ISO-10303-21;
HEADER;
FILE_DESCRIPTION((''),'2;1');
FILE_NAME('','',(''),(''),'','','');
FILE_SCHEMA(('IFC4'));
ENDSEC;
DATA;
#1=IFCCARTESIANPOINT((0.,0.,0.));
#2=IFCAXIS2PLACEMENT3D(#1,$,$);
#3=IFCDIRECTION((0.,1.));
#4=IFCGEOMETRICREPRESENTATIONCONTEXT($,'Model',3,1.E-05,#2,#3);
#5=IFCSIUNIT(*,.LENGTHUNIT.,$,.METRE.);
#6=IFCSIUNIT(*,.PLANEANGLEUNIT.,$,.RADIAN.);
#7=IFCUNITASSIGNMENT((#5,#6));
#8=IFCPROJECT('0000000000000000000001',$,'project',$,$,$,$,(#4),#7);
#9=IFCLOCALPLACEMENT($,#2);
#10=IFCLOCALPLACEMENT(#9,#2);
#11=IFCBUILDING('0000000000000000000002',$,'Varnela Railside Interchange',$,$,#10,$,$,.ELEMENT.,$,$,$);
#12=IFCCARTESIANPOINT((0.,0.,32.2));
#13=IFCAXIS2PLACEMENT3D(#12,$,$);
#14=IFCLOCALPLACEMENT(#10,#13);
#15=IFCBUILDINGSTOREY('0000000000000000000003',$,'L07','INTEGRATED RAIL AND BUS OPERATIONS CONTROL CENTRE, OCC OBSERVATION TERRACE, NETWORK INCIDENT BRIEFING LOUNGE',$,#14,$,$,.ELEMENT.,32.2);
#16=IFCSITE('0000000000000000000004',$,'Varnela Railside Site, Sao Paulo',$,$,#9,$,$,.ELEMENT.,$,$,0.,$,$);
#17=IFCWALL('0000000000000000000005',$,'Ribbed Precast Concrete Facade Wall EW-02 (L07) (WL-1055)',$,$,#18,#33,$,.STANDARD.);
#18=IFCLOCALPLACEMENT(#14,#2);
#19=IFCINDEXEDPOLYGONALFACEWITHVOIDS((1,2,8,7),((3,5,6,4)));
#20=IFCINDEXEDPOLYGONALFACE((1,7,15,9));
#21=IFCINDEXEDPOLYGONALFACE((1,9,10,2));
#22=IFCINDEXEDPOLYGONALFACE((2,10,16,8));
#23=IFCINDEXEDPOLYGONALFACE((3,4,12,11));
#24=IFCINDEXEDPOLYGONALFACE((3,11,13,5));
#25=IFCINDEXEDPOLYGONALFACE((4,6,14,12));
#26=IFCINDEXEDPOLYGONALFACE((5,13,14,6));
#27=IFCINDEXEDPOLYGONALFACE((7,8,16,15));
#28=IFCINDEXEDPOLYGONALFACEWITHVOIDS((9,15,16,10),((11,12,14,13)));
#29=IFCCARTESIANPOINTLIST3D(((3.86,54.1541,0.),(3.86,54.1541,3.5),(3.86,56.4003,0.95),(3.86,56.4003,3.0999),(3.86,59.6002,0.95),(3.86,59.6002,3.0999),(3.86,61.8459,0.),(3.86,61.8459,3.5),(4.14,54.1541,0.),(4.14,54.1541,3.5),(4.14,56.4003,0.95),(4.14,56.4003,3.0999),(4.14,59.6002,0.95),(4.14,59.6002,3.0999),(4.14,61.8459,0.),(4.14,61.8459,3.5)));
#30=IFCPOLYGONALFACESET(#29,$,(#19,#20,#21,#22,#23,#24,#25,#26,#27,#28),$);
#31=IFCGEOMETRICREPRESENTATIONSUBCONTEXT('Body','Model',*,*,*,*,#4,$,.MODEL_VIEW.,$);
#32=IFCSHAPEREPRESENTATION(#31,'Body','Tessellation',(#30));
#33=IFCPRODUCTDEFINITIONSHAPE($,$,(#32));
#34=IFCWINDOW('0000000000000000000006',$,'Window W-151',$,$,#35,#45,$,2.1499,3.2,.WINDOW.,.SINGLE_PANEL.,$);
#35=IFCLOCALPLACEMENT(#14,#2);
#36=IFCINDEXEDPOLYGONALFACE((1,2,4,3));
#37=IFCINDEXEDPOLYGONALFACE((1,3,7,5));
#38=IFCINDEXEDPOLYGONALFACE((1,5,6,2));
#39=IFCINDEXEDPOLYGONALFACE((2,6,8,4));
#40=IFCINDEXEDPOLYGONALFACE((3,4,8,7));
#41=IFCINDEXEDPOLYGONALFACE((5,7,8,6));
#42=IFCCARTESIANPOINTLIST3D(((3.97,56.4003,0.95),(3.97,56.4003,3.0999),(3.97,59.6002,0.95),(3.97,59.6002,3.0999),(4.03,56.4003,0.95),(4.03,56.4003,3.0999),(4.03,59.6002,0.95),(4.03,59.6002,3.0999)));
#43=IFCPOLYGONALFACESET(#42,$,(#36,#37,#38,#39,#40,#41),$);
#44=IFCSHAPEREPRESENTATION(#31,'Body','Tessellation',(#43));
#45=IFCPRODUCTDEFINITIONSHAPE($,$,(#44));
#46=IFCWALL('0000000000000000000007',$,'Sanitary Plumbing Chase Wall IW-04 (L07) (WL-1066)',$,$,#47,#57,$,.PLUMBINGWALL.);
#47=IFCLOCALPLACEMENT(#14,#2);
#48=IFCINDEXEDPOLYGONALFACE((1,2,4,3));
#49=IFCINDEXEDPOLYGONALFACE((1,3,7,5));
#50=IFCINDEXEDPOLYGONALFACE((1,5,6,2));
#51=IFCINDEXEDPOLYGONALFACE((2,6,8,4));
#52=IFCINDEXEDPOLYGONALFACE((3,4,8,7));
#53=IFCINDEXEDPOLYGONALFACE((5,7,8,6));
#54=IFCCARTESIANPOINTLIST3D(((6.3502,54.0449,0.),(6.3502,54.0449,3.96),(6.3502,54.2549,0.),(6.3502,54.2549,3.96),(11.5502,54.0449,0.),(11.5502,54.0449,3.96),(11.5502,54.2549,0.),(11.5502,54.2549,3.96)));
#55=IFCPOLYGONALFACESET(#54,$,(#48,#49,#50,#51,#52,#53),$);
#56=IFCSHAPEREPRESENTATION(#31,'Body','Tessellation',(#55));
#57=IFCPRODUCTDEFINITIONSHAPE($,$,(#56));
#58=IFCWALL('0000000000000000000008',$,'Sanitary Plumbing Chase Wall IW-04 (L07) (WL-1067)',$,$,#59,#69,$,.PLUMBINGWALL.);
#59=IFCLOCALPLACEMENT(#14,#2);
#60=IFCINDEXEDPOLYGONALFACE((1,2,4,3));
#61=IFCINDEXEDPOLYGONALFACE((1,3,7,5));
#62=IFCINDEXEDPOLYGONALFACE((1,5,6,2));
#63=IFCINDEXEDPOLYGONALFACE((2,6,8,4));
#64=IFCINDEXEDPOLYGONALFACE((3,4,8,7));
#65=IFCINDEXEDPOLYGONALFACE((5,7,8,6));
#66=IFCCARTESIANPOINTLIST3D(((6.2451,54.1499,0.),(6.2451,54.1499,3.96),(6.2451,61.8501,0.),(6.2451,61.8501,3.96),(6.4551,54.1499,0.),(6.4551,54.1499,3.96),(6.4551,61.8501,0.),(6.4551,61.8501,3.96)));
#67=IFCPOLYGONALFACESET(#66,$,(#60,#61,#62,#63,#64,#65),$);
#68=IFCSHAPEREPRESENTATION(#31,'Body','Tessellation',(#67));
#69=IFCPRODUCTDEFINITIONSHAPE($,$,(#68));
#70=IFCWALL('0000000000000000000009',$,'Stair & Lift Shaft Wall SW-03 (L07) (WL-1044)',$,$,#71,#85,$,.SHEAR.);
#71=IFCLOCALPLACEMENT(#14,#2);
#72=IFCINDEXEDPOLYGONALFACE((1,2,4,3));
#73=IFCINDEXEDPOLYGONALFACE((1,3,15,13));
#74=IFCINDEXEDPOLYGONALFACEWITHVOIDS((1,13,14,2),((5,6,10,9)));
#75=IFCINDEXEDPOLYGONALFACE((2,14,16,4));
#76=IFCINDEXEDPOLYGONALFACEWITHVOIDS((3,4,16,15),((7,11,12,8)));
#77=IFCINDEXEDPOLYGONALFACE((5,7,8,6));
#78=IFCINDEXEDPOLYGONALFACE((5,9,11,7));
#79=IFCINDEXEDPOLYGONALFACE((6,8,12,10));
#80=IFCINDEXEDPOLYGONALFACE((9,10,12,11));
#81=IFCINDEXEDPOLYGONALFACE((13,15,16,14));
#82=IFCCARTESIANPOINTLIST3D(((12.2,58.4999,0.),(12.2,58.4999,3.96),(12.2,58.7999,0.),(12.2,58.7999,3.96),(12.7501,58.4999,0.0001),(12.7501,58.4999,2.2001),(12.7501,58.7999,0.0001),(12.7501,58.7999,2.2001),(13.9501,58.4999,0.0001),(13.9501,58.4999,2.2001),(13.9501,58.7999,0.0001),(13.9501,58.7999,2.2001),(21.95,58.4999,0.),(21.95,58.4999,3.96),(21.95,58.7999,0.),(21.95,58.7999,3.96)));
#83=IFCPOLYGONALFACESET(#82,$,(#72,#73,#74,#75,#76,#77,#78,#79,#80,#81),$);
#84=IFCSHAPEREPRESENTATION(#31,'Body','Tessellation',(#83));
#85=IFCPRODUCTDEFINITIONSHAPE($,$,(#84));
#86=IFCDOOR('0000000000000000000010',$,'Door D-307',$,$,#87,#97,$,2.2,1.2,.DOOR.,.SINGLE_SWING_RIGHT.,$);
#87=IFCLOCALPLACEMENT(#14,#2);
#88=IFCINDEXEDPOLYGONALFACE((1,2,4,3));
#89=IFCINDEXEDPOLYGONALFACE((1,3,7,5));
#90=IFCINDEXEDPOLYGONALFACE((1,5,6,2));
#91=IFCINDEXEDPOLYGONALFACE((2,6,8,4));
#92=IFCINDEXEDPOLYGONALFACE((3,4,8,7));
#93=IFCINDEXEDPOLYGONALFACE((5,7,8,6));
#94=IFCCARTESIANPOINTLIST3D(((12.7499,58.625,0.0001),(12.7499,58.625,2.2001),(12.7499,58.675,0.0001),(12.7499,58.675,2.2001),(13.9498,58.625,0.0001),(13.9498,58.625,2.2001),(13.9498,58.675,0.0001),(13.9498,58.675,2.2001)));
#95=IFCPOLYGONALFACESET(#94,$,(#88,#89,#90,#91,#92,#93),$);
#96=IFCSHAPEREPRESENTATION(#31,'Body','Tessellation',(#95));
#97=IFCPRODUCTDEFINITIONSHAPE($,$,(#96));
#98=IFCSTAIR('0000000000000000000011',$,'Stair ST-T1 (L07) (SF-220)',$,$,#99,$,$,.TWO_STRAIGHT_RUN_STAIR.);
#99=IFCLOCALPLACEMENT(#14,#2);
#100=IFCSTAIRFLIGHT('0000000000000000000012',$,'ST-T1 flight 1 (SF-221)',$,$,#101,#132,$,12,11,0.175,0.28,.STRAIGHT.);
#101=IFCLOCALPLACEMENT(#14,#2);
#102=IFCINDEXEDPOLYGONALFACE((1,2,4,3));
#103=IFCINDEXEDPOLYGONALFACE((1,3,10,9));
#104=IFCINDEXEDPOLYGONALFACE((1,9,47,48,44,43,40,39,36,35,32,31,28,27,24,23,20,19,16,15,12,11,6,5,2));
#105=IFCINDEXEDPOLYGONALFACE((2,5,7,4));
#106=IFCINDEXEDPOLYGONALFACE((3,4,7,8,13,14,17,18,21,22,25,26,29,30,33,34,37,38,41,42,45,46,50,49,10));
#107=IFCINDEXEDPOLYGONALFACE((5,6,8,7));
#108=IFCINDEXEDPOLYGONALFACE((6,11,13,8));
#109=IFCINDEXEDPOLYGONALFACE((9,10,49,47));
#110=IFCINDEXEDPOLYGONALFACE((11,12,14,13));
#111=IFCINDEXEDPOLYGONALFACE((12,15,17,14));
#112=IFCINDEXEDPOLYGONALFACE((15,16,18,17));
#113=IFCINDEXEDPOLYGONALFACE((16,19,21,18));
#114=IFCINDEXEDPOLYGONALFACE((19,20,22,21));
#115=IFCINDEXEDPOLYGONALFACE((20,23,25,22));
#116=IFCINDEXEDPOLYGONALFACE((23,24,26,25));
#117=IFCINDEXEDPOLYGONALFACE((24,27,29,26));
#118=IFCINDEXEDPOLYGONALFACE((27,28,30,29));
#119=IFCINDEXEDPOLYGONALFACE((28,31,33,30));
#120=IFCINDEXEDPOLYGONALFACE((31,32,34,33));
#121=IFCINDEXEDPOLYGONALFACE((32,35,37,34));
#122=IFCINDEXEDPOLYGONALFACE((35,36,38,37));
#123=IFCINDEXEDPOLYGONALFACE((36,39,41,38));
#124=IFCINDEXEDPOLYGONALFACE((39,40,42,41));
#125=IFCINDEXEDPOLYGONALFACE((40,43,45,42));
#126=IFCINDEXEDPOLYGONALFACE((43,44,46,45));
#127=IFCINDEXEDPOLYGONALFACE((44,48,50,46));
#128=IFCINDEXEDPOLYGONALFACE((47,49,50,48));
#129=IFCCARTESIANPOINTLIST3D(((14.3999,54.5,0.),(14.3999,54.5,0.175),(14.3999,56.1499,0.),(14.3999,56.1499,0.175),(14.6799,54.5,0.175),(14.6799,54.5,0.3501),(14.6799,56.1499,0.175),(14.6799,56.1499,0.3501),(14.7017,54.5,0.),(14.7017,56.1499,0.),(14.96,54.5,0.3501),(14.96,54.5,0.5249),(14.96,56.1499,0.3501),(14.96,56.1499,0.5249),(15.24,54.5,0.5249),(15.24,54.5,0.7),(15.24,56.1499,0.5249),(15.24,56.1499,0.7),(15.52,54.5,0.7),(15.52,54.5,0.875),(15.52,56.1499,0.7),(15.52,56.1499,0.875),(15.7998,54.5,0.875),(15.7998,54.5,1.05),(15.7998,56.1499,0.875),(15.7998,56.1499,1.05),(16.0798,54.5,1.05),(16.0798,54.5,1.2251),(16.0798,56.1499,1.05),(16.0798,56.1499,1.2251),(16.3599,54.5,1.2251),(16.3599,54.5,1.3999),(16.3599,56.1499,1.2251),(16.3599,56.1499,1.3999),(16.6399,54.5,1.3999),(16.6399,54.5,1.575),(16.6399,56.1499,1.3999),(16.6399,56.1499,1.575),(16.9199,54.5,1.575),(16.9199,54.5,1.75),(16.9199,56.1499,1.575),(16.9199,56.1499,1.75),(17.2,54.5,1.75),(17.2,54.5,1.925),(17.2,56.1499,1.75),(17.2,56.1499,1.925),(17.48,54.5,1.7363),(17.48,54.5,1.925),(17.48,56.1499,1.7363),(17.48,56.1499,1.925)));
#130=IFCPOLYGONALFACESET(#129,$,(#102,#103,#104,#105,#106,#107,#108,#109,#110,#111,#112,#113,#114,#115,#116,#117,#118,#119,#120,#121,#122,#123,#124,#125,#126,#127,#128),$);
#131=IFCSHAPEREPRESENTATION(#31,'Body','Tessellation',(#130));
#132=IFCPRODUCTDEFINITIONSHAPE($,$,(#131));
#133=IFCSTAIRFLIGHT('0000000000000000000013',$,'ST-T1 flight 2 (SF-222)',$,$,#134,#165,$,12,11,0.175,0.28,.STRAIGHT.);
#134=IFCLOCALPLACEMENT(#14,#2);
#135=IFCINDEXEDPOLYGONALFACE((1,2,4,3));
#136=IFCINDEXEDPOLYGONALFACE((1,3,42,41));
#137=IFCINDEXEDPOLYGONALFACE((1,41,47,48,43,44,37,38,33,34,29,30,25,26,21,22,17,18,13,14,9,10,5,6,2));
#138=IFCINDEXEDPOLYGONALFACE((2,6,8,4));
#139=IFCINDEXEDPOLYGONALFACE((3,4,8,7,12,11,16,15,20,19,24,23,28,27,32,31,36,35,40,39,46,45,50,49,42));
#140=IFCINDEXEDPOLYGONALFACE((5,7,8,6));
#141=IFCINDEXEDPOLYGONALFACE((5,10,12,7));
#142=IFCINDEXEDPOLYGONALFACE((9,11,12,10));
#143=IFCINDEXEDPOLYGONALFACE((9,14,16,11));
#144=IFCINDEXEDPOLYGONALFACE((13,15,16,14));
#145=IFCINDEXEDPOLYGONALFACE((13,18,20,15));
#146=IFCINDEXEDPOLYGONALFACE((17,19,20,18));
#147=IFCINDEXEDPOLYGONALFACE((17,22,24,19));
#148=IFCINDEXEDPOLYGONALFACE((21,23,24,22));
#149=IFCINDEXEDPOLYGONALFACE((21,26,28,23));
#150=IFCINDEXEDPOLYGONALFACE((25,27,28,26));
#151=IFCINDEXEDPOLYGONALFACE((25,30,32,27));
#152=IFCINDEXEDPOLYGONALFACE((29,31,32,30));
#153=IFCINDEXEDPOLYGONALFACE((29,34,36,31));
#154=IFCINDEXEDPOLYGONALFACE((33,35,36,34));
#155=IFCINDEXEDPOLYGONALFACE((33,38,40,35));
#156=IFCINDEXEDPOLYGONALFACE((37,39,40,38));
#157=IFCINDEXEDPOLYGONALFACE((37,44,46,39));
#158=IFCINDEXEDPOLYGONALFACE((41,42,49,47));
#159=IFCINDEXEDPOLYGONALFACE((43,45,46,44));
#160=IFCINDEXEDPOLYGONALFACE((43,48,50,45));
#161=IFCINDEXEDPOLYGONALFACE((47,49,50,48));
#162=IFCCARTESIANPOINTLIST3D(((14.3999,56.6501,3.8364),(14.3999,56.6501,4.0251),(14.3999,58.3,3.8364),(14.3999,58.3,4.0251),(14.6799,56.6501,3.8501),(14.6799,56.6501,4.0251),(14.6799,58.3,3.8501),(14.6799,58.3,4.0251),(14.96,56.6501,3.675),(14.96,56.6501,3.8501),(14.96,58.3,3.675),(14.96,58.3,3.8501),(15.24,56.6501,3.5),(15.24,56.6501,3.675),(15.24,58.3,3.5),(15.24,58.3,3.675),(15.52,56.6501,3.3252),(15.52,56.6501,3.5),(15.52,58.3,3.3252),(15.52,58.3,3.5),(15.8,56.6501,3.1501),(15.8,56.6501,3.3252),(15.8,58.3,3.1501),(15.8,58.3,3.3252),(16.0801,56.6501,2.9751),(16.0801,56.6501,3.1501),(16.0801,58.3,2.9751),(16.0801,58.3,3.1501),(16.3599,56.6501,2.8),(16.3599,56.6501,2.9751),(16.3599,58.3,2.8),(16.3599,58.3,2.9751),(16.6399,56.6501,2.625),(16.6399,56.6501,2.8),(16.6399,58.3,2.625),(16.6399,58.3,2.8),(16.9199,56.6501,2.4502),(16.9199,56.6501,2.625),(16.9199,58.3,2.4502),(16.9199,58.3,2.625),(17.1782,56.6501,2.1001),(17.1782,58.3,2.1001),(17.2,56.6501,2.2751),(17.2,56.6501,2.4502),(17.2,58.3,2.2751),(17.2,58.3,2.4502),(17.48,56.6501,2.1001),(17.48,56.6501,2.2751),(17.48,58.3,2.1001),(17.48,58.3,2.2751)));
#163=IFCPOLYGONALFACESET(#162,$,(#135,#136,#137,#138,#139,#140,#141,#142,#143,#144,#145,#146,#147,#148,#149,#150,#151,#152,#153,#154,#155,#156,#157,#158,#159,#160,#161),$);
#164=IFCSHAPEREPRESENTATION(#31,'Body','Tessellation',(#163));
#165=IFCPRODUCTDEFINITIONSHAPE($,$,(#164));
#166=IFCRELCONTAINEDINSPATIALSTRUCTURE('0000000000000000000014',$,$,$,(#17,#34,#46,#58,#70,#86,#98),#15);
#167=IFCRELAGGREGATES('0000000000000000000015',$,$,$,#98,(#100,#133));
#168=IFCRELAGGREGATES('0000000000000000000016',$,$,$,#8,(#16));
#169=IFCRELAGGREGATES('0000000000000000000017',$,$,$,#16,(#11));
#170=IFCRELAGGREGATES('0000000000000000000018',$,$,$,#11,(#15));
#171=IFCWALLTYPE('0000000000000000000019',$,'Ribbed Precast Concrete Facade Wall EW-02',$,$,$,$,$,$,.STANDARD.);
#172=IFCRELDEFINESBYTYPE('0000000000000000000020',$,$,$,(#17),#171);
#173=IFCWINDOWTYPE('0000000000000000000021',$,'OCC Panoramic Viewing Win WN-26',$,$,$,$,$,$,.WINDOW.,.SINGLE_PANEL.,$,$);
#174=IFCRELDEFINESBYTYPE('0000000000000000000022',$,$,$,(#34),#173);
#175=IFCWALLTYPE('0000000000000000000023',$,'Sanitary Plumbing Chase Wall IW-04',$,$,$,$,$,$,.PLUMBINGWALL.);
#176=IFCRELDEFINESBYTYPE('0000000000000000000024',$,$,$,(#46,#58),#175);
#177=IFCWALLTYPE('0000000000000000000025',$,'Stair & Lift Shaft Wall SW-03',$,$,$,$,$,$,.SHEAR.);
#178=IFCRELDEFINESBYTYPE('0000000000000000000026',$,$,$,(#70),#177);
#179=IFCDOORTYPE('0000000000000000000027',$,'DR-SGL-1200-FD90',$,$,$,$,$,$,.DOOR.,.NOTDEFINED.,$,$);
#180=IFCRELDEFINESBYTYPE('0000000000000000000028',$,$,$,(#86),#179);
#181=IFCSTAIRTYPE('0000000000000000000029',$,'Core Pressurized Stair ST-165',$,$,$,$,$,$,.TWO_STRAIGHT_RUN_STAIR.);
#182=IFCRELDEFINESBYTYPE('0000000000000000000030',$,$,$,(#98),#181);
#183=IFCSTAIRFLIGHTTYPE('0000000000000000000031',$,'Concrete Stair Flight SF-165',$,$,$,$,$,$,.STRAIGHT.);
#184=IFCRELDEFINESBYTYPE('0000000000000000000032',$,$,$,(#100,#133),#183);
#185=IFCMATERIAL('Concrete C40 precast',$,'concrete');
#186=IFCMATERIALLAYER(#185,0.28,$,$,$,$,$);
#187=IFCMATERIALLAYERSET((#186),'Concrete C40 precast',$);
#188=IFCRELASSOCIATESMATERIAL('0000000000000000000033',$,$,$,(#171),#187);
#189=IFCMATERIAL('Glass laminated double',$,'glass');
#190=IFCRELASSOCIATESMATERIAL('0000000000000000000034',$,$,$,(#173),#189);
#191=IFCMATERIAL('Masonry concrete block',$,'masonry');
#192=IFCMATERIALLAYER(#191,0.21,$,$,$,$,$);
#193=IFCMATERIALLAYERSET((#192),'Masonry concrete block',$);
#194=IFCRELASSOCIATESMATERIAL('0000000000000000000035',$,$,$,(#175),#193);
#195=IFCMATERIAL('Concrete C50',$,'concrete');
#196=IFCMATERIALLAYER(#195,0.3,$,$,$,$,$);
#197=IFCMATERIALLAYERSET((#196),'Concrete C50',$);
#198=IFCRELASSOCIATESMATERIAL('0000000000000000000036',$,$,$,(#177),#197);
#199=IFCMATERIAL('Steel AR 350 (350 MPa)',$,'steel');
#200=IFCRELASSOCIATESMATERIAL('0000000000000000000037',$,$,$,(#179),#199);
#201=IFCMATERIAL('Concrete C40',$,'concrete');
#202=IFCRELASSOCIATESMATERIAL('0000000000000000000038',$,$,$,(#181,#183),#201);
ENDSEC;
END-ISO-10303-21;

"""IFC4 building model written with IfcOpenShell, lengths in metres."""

from ifc_helpers import new_model, si_unit, direction, frame, frame_2d, origin, place, context, subcontext, project, spatial, polyline, rectangle, outline, extrude, material, layer, layer_set, type_object, element, fill, aggregate, save


model = new_model("IFC4")

# Units and contexts
model_context = context("Model", 3, precision=1e-05, world=origin(), true_north=direction((0.0, 1.0)))
body_context = subcontext(model_context, "Body", "Model", "MODEL_VIEW")
ifc_project = project(units=[si_unit("LENGTHUNIT", "METRE"), si_unit("PLANEANGLEUNIT", "RADIAN")], contexts=[model_context])

# Site, building, storey
site_placement = place(None, origin())
site = spatial("IfcSite", under=ifc_project, at=site_placement, Name="Varnela Railside Site, Sao Paulo", CompositionType="ELEMENT", RefElevation=0.0)
building_placement = place(site_placement, origin())
building = spatial("IfcBuilding", under=site, at=building_placement, Name="Varnela Railside Interchange", CompositionType="ELEMENT")
storey_placement = place(building_placement, frame((0.0, 0.0, 32.2)))
storey = spatial("IfcBuildingStorey", under=building, at=storey_placement, Name="L07", Description="INTEGRATED RAIL AND BUS OPERATIONS CONTROL CENTRE, OCC OBSERVATION TERRACE, NETWORK INCIDENT BRIEFING LOUNGE", CompositionType="ELEMENT", Elevation=32.2)

# Shared definitions
ifc_material_1 = material(Name="Steel AR 350 (350 MPa)", Category="steel")

# Shared definitions
ifc_material_2 = material(Name="Concrete C40", Category="concrete")

# Shared definitions
ifc_material_3 = material(Name="Glass laminated double", Category="glass")

# Shared definitions
ifc_material_4 = material(Name="Concrete C50", Category="concrete")

# Wall, opening, window
ifc_material_5 = material(Name="Concrete C40 precast", Category="concrete")
ifc_layer_1 = layer(ifc_material_5, 0.28)
ifc_layer_set_1 = layer_set([ifc_layer_1], Name="Concrete C40 precast")
wall_type_1 = type_object("IfcWallType", Name="Ribbed Precast Concrete Facade Wall EW-02", PredefinedType="STANDARD", material=ifc_layer_set_1)
wall_1_placement = place(storey_placement, frame((4.0, 54.1541, 0.0), z_axis=(0.0, 0.0, 1.0), x_axis=(0.0, 1.0, 0.0)))
wall_1 = element("IfcWall", 1, at=wall_1_placement, inside=storey, type_object=wall_type_1, Name="Ribbed Precast Concrete Facade Wall EW-02 (L07) (WL-1055)", PredefinedType="STANDARD", context=body_context, shape_type="SweptSolid", body=[
    extrude(rectangle(XDim=7.6919, YDim=0.28, at=frame_2d((3.8459, 0.0))), origin(), (0.0, 0.0, 1.0), 3.5),
])
opening_1_placement = place(wall_1_placement, frame((2.2461, 0.0, 0.95)))
opening_1 = element("IfcOpeningElement", 2, at=opening_1_placement, cuts=wall_1, PredefinedType="OPENING", context=body_context, shape_type="SweptSolid", body=[
    extrude(rectangle(XDim=3.2, YDim=2.1499, at=frame_2d((1.6001, 1.075))), frame((0.0, 0.1499, 0.0), z_axis=(0.0, -1.0, 0.0), x_axis=(1.0, 0.0, 0.0)), (0.0, 0.0, 1.0), 0.3),
])
window_type = type_object("IfcWindowType", Name="OCC Panoramic Viewing Win WN-26", PartitioningType="SINGLE_PANEL", PredefinedType="WINDOW", material=ifc_material_3)
window_placement = place(opening_1_placement, origin())
window = element("IfcWindow", 3, at=window_placement, inside=storey, type_object=window_type, Name="Window W-151", OverallHeight=2.1499, OverallWidth=3.2, PartitioningType="SINGLE_PANEL", PredefinedType="WINDOW", context=body_context, shape_type="SweptSolid", body=[
    extrude(rectangle(XDim=3.2, YDim=2.1499, at=frame_2d((1.6001, 1.075))), frame((0.0, 0.03, 0.0), z_axis=(0.0, -1.0, 0.0), x_axis=(1.0, 0.0, 0.0)), (0.0, 0.0, 1.0), 0.0601),
])
fill(opening_1, window)

# Walls
ifc_material_6 = material(Name="Masonry concrete block", Category="masonry")
ifc_layer_2 = layer(ifc_material_6, 0.21)
ifc_layer_set_2 = layer_set([ifc_layer_2], Name="Masonry concrete block")
wall_type_2 = type_object("IfcWallType", Name="Sanitary Plumbing Chase Wall IW-04", PredefinedType="PLUMBINGWALL", material=ifc_layer_set_2)
wall_2_placement = place(storey_placement, frame((6.3501, 54.1499, 0.0), z_axis=(0.0, 0.0, 1.0), x_axis=(1.0, 0.0, 0.0)))
element("IfcWall", 4, at=wall_2_placement, inside=storey, type_object=wall_type_2, Name="Sanitary Plumbing Chase Wall IW-04 (L07) (WL-1066)", PredefinedType="PLUMBINGWALL", context=body_context, shape_type="SweptSolid", body=[
    extrude(rectangle(XDim=5.2, YDim=0.21, at=frame_2d((2.6001, 0.0))), origin(), (0.0, 0.0, 1.0), 3.96),
])
wall_3_placement = place(storey_placement, frame((6.3501, 54.1499, 0.0), z_axis=(0.0, 0.0, 1.0), x_axis=(0.0, 1.0, 0.0)))
element("IfcWall", 5, at=wall_3_placement, inside=storey, type_object=wall_type_2, Name="Sanitary Plumbing Chase Wall IW-04 (L07) (WL-1067)", PredefinedType="PLUMBINGWALL", context=body_context, shape_type="SweptSolid", body=[
    extrude(rectangle(XDim=7.7002, YDim=0.21, at=frame_2d((3.8501, 0.0))), origin(), (0.0, 0.0, 1.0), 3.96),
])

# Wall, opening, door
ifc_layer_3 = layer(ifc_material_4, 0.3)
ifc_layer_set_3 = layer_set([ifc_layer_3], Name="Concrete C50")
wall_type_3 = type_object("IfcWallType", Name="Stair & Lift Shaft Wall SW-03", PredefinedType="SHEAR", material=ifc_layer_set_3)
wall_4_placement = place(storey_placement, frame((12.2, 58.6499, 0.0), z_axis=(0.0, 0.0, 1.0), x_axis=(1.0, 0.0, 0.0)))
wall_4 = element("IfcWall", 6, at=wall_4_placement, inside=storey, type_object=wall_type_3, Name="Stair & Lift Shaft Wall SW-03 (L07) (WL-1044)", PredefinedType="SHEAR", context=body_context, shape_type="SweptSolid", body=[
    extrude(rectangle(XDim=9.75, YDim=0.3, at=frame_2d((4.875, 0.0))), origin(), (0.0, 0.0, 1.0), 3.96),
])
opening_2_placement = place(wall_4_placement, frame((0.55, 0.0, 0.0)))
opening_2 = element("IfcOpeningElement", 7, at=opening_2_placement, cuts=wall_4, PredefinedType="OPENING", context=body_context, shape_type="SweptSolid", body=[
    extrude(rectangle(XDim=1.2, YDim=2.2, at=frame_2d((0.6001, 1.1001))), frame((0.0, 0.1599, 0.0), z_axis=(0.0, -1.0, 0.0), x_axis=(1.0, 0.0, 0.0)), (0.0, 0.0, 1.0), 0.3201),
])
door_type_1 = type_object("IfcDoorType", Name="DR-SGL-1200-FD90", OperationType="NOTDEFINED", PredefinedType="DOOR", material=ifc_material_1)
door_1_placement = place(opening_2_placement, frame((1.2, 0.0, 0.0), z_axis=(0.0, 0.0, 1.0), x_axis=(-1.0, 0.0, 0.0)))
door_1 = element("IfcDoor", 8, at=door_1_placement, inside=storey, type_object=door_type_1, Name="Door D-307", OperationType="SINGLE_SWING_RIGHT", OverallHeight=2.2, OverallWidth=1.2, PredefinedType="DOOR", context=body_context, shape_type="SweptSolid", body=[
    extrude(rectangle(XDim=1.2, YDim=2.2, at=frame_2d((0.6001, 1.1001))), frame((0.0, 0.0249, 0.0), z_axis=(0.0, -1.0, 0.0), x_axis=(1.0, 0.0, 0.0)), (0.0, 0.0, 1.0), 0.05),
])
fill(opening_2, door_1)

# Stair, stair flights
stair_type = type_object("IfcStairType", Name="Core Pressurized Stair ST-165", PredefinedType="TWO_STRAIGHT_RUN_STAIR", material=ifc_material_2)
stair_placement = place(storey_placement, origin())
stair = element("IfcStair", 9, at=stair_placement, inside=storey, type_object=stair_type, Name="Stair ST-T1 (L07) (SF-220)", PredefinedType="TWO_STRAIGHT_RUN_STAIR")
stair_flight_type = type_object("IfcStairFlightType", Name="Concrete Stair Flight SF-165", PredefinedType="STRAIGHT", material=ifc_material_2)
stair_flight_1_placement = place(storey_placement, frame((14.3999, 55.325, 0.0), z_axis=(0.0, 0.0, 1.0), x_axis=(1.0, 0.0, 0.0)))
stair_flight_1 = element("IfcStairFlight", 10, at=stair_flight_1_placement, type_object=stair_flight_type, Name="ST-T1 flight 1 (SF-221)", NumberOfRisers=12, NumberOfTreads=11, PredefinedType="STRAIGHT", RiserHeight=0.175, TreadLength=0.28, context=body_context, shape_type="SweptSolid", body=[
    extrude(outline(polyline([(0.0, 0.0), (0.0, 0.175), (0.28, 0.175), (0.28, 0.3501), (0.5601, 0.3501), (0.5601, 0.5249), (0.8401, 0.5249), (0.8401, 0.7), (1.1201, 0.7), (1.1201, 0.875), (1.3999, 0.875), (1.3999, 1.05), (1.6799, 1.05), (1.6799, 1.2251), (1.96, 1.2251), (1.96, 1.3999), (2.24, 1.3999), (2.24, 1.575), (2.52, 1.575), (2.52, 1.75), (2.8, 1.75), (2.8, 1.925), (3.0801, 1.925), (3.0801, 2.1001), (3.0801, 1.7363), (0.3018, 0.0), (0.0, 0.0)])), frame((0.0, 0.825, 0.0), z_axis=(0.0, -1.0, 0.0), x_axis=(1.0, 0.0, 0.0)), (0.0, 0.0, 1.0), 1.6499),
])
stair_flight_2_placement = place(storey_placement, frame((17.48, 57.4751, 2.1001), z_axis=(0.0, 0.0, 1.0), x_axis=(-1.0, 0.0, 0.0)))
stair_flight_2 = element("IfcStairFlight", 11, at=stair_flight_2_placement, type_object=stair_flight_type, Name="ST-T1 flight 2 (SF-222)", NumberOfRisers=12, NumberOfTreads=11, PredefinedType="STRAIGHT", RiserHeight=0.175, TreadLength=0.28, context=body_context, shape_type="SweptSolid", body=[
    extrude(outline(polyline([(0.0, 0.0), (0.0, 0.175), (0.28, 0.175), (0.28, 0.3501), (0.5601, 0.3501), (0.5601, 0.5249), (0.8401, 0.5249), (0.8401, 0.7), (1.1201, 0.7), (1.1201, 0.875), (1.3999, 0.875), (1.3999, 1.05), (1.6799, 1.05), (1.6799, 1.2251), (1.96, 1.2251), (1.96, 1.3999), (2.24, 1.3999), (2.24, 1.575), (2.52, 1.575), (2.52, 1.75), (2.8, 1.75), (2.8, 1.925), (3.0801, 1.925), (3.0801, 2.1001), (3.0801, 1.7363), (0.3018, 0.0), (0.0, 0.0)])), frame((0.0, 0.825, 0.0), z_axis=(0.0, -1.0, 0.0), x_axis=(1.0, 0.0, 0.0)), (0.0, 0.0, 1.0), 1.6499),
])
aggregate(stair, [stair_flight_1, stair_flight_2])

save(model, "model.ifc")
